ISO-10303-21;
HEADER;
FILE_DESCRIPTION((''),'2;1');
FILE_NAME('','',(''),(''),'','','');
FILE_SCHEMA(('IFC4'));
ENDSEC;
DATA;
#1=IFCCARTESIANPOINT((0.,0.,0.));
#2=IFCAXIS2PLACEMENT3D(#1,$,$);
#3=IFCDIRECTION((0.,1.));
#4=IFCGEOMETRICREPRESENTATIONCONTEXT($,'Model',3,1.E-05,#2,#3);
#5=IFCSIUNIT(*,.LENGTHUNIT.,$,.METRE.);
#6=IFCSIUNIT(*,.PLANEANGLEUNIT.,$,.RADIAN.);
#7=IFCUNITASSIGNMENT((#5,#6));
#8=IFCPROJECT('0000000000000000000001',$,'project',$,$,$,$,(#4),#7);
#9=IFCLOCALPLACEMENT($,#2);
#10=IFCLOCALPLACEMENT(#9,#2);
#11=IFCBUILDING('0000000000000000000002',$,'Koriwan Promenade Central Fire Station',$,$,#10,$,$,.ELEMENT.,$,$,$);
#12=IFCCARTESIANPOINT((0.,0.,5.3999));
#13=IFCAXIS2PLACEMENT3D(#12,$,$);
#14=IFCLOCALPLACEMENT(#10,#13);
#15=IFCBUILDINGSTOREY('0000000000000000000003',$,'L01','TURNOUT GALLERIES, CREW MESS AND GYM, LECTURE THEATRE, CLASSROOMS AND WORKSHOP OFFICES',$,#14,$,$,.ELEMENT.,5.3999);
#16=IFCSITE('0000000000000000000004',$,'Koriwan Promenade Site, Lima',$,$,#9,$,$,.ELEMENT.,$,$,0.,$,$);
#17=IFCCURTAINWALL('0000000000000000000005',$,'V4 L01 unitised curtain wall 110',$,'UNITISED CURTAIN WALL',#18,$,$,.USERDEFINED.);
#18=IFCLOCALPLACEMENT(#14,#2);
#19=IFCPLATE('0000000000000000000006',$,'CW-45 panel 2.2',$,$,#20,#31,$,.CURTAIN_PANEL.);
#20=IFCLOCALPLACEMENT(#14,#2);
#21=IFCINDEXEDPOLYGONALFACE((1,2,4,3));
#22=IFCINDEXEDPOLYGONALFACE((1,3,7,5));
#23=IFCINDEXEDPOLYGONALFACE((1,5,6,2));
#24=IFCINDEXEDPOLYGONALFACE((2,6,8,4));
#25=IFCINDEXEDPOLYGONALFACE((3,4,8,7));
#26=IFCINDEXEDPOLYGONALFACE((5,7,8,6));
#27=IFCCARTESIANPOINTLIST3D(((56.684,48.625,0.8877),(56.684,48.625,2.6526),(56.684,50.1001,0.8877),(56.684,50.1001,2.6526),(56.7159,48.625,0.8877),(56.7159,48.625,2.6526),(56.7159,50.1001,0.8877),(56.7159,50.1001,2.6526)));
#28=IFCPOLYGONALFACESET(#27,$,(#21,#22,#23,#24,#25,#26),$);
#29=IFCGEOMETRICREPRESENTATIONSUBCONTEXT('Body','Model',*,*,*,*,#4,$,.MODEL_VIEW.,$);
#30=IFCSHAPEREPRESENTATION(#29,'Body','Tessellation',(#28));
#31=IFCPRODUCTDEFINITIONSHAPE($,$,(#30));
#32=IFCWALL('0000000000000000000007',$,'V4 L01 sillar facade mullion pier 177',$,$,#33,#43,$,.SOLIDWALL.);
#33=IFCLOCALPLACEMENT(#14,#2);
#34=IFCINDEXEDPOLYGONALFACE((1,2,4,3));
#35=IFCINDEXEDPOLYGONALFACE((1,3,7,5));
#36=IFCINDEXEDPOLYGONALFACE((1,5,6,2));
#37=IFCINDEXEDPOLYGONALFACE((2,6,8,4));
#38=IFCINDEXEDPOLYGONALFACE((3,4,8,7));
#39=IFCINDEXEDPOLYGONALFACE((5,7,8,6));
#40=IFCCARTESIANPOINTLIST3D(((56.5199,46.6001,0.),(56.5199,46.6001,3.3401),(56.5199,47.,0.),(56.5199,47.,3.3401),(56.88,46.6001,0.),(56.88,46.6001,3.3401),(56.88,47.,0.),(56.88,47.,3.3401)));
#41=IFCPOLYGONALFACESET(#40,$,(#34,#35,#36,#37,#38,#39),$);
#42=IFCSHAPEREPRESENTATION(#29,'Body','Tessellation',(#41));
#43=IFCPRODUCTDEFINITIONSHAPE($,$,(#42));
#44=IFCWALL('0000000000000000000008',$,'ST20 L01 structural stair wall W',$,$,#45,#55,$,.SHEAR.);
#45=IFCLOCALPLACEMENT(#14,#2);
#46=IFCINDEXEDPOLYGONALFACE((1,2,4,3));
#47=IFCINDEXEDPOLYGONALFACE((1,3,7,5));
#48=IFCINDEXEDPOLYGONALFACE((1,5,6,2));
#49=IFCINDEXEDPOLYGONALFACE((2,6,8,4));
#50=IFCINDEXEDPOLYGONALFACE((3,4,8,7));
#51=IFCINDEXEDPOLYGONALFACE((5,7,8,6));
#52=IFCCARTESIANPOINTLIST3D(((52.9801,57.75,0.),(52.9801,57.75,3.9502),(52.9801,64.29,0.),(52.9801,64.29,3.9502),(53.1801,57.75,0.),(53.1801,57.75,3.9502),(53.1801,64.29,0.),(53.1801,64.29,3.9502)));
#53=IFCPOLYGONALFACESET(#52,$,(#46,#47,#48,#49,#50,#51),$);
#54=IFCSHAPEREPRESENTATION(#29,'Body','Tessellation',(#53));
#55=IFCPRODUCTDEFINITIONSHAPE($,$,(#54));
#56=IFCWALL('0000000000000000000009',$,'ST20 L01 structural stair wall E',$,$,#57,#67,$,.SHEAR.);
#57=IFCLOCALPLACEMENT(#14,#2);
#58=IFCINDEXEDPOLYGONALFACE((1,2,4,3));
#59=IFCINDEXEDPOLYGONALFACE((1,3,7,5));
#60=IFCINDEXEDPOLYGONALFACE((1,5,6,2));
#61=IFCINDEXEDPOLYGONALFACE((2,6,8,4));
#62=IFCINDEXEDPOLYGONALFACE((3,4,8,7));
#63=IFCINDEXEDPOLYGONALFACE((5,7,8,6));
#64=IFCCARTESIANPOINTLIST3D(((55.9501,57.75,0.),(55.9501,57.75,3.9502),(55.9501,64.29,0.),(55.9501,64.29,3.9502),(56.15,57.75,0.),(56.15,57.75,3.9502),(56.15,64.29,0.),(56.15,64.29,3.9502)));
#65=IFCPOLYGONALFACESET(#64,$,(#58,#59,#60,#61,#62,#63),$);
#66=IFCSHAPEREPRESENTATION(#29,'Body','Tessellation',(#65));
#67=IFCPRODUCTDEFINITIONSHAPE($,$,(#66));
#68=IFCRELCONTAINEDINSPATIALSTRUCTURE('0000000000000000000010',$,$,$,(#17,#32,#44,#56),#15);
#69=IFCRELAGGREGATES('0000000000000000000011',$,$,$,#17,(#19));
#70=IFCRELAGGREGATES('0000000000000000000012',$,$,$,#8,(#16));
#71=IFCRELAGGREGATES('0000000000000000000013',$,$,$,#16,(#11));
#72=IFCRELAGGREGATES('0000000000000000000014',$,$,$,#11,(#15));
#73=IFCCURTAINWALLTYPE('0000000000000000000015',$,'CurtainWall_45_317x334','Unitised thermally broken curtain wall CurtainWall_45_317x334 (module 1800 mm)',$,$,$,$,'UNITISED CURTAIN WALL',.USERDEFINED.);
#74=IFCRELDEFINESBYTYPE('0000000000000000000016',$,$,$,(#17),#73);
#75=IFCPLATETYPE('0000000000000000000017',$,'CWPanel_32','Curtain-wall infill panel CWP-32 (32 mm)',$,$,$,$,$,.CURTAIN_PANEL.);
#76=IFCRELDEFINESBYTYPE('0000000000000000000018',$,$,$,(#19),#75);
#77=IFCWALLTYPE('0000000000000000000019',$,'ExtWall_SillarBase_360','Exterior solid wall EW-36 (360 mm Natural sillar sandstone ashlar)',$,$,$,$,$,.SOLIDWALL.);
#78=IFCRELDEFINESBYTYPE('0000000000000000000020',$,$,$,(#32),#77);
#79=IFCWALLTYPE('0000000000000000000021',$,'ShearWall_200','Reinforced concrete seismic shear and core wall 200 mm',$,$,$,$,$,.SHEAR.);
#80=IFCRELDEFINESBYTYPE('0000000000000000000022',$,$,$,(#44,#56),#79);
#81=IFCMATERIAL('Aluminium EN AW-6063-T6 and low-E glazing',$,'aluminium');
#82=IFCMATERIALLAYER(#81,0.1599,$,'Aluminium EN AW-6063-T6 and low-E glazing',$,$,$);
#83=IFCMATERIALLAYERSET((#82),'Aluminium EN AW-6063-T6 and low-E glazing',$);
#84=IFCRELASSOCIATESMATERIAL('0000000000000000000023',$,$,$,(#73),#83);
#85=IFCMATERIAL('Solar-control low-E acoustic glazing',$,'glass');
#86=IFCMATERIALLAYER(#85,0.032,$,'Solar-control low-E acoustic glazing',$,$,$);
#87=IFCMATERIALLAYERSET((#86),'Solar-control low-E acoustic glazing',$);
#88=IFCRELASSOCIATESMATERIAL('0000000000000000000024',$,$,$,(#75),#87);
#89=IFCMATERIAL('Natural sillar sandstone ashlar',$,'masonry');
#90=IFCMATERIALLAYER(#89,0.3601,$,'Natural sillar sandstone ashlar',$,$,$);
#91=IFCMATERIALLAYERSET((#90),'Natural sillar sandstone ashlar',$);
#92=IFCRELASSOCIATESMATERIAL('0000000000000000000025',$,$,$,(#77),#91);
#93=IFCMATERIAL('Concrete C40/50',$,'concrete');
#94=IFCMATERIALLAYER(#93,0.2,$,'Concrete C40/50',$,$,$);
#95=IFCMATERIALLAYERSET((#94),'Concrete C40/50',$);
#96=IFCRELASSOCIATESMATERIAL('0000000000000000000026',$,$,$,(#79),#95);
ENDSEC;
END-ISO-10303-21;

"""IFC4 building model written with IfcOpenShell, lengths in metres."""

from ifc_helpers import new_model, si_unit, direction, frame, frame_2d, origin, origin_2d, place, context, subcontext, project, spatial, rectangle, extrude, material, layer, layer_set, type_object, element, aggregate, save


model = new_model("IFC4")

# Units and contexts
model_context = context("Model", 3, precision=1e-05, world=origin(), true_north=direction((0.0, 1.0)))
body_context = subcontext(model_context, "Body", "Model", "MODEL_VIEW")
ifc_project = project(units=[si_unit("LENGTHUNIT", "METRE"), si_unit("PLANEANGLEUNIT", "RADIAN")], contexts=[model_context])

# Site, building, storey
site_placement = place(None, origin())
site = spatial("IfcSite", under=ifc_project, at=site_placement, Name="Koriwan Promenade Site, Lima", CompositionType="ELEMENT", RefElevation=0.0)
building_placement = place(site_placement, origin())
building = spatial("IfcBuilding", under=site, at=building_placement, Name="Koriwan Promenade Central Fire Station", CompositionType="ELEMENT")
storey_placement = place(building_placement, frame((0.0, 0.0, 5.3999)))
storey = spatial("IfcBuildingStorey", under=building, at=storey_placement, Name="L01", Description="TURNOUT GALLERIES, CREW MESS AND GYM, LECTURE THEATRE, CLASSROOMS AND WORKSHOP OFFICES", CompositionType="ELEMENT", Elevation=5.3999)

# Curtain wall
ifc_material_1 = material(Name="Aluminium EN AW-6063-T6 and low-E glazing", Category="aluminium")
ifc_layer_1 = layer(ifc_material_1, 0.1599, Name="Aluminium EN AW-6063-T6 and low-E glazing")
ifc_layer_set_1 = layer_set([ifc_layer_1], Name="Aluminium EN AW-6063-T6 and low-E glazing")
curtain_wall_type_1 = type_object("IfcCurtainWallType", Name="CurtainWall_45_317x334", Description="Unitised thermally broken curtain wall CurtainWall_45_317x334 (module 1800 mm)", ElementType="UNITISED CURTAIN WALL", PredefinedType="USERDEFINED", material=ifc_layer_set_1)
curtain_wall_1_placement = place(storey_placement, origin())
curtain_wall_1 = element("IfcCurtainWall", 1, at=curtain_wall_1_placement, inside=storey, type_object=curtain_wall_type_1, Name="V4 L01 unitised curtain wall 110", ObjectType="UNITISED CURTAIN WALL", PredefinedType="USERDEFINED")

# Plate
ifc_material_2 = material(Name="Solar-control low-E acoustic glazing", Category="glass")
ifc_layer_2 = layer(ifc_material_2, 0.032, Name="Solar-control low-E acoustic glazing")
ifc_layer_set_2 = layer_set([ifc_layer_2], Name="Solar-control low-E acoustic glazing")
plate_type = type_object("IfcPlateType", Name="CWPanel_32", Description="Curtain-wall infill panel CWP-32 (32 mm)", PredefinedType="CURTAIN_PANEL", material=ifc_layer_set_2)
plate_1_placement = place(storey_placement, frame((56.7, 49.3625, 0.8877), z_axis=(0.0, 0.0, 1.0), x_axis=(0.0, 1.0, 0.0)))
plate_1 = element("IfcPlate", 2, at=plate_1_placement, type_object=plate_type, Name="CW-45 panel 2.2", PredefinedType="CURTAIN_PANEL", context=body_context, shape_type="SweptSolid", body=[
    extrude(rectangle(XDim=1.4751, YDim=0.032, at=origin_2d()), origin(), (0.0, 0.0, 1.0), 1.7649),
])
aggregate(curtain_wall_1, [plate_1])

# Walls
ifc_material_3 = material(Name="Natural sillar sandstone ashlar", Category="masonry")
ifc_layer_3 = layer(ifc_material_3, 0.3601, Name="Natural sillar sandstone ashlar")
ifc_layer_set_3 = layer_set([ifc_layer_3], Name="Natural sillar sandstone ashlar")
wall_type_1 = type_object("IfcWallType", Name="ExtWall_SillarBase_360", Description="Exterior solid wall EW-36 (360 mm Natural sillar sandstone ashlar)", PredefinedType="SOLIDWALL", material=ifc_layer_set_3)
wall_placement = place(storey_placement, frame((56.7, 46.6001, 0.0), z_axis=(0.0, 0.0, 1.0), x_axis=(0.0, 1.0, 0.0)))
element("IfcWall", 3, at=wall_placement, inside=storey, type_object=wall_type_1, Name="V4 L01 sillar facade mullion pier 177", PredefinedType="SOLIDWALL", context=body_context, shape_type="SweptSolid", body=[
    extrude(rectangle(XDim=0.3999, YDim=0.3601, at=frame_2d((0.2, 0.0))), origin(), (0.0, 0.0, 1.0), 3.3401),
])
ifc_material_4 = material(Name="Concrete C40/50", Category="concrete")
ifc_layer_4 = layer(ifc_material_4, 0.2, Name="Concrete C40/50")
ifc_layer_set_4 = layer_set([ifc_layer_4], Name="Concrete C40/50")
wall_type_2 = type_object("IfcWallType", Name="ShearWall_200", Description="Reinforced concrete seismic shear and core wall 200 mm", PredefinedType="SHEAR", material=ifc_layer_set_4)
for number, where, z_axis, x_axis, name in (
    (4, (53.0801, 57.75, 0.0), (0.0, 0.0, 1.0), (0.0, 1.0, 0.0), "ST20 L01 structural stair wall W"),
    (5, (56.05, 57.75, 0.0), (0.0, 0.0, 1.0), (0.0, 1.0, 0.0), "ST20 L01 structural stair wall E"),
):
    element("IfcWall", number, at=place(storey_placement, frame(where, z_axis=z_axis, x_axis=x_axis)), inside=storey, type_object=wall_type_2, Name=name, PredefinedType="SHEAR", context=body_context, shape_type="SweptSolid", body=[
        extrude(rectangle(XDim=6.54, YDim=0.2, at=frame_2d((3.27, 0.0))), origin(), (0.0, 0.0, 1.0), 3.9502),
    ])

save(model, "model.ifc")
